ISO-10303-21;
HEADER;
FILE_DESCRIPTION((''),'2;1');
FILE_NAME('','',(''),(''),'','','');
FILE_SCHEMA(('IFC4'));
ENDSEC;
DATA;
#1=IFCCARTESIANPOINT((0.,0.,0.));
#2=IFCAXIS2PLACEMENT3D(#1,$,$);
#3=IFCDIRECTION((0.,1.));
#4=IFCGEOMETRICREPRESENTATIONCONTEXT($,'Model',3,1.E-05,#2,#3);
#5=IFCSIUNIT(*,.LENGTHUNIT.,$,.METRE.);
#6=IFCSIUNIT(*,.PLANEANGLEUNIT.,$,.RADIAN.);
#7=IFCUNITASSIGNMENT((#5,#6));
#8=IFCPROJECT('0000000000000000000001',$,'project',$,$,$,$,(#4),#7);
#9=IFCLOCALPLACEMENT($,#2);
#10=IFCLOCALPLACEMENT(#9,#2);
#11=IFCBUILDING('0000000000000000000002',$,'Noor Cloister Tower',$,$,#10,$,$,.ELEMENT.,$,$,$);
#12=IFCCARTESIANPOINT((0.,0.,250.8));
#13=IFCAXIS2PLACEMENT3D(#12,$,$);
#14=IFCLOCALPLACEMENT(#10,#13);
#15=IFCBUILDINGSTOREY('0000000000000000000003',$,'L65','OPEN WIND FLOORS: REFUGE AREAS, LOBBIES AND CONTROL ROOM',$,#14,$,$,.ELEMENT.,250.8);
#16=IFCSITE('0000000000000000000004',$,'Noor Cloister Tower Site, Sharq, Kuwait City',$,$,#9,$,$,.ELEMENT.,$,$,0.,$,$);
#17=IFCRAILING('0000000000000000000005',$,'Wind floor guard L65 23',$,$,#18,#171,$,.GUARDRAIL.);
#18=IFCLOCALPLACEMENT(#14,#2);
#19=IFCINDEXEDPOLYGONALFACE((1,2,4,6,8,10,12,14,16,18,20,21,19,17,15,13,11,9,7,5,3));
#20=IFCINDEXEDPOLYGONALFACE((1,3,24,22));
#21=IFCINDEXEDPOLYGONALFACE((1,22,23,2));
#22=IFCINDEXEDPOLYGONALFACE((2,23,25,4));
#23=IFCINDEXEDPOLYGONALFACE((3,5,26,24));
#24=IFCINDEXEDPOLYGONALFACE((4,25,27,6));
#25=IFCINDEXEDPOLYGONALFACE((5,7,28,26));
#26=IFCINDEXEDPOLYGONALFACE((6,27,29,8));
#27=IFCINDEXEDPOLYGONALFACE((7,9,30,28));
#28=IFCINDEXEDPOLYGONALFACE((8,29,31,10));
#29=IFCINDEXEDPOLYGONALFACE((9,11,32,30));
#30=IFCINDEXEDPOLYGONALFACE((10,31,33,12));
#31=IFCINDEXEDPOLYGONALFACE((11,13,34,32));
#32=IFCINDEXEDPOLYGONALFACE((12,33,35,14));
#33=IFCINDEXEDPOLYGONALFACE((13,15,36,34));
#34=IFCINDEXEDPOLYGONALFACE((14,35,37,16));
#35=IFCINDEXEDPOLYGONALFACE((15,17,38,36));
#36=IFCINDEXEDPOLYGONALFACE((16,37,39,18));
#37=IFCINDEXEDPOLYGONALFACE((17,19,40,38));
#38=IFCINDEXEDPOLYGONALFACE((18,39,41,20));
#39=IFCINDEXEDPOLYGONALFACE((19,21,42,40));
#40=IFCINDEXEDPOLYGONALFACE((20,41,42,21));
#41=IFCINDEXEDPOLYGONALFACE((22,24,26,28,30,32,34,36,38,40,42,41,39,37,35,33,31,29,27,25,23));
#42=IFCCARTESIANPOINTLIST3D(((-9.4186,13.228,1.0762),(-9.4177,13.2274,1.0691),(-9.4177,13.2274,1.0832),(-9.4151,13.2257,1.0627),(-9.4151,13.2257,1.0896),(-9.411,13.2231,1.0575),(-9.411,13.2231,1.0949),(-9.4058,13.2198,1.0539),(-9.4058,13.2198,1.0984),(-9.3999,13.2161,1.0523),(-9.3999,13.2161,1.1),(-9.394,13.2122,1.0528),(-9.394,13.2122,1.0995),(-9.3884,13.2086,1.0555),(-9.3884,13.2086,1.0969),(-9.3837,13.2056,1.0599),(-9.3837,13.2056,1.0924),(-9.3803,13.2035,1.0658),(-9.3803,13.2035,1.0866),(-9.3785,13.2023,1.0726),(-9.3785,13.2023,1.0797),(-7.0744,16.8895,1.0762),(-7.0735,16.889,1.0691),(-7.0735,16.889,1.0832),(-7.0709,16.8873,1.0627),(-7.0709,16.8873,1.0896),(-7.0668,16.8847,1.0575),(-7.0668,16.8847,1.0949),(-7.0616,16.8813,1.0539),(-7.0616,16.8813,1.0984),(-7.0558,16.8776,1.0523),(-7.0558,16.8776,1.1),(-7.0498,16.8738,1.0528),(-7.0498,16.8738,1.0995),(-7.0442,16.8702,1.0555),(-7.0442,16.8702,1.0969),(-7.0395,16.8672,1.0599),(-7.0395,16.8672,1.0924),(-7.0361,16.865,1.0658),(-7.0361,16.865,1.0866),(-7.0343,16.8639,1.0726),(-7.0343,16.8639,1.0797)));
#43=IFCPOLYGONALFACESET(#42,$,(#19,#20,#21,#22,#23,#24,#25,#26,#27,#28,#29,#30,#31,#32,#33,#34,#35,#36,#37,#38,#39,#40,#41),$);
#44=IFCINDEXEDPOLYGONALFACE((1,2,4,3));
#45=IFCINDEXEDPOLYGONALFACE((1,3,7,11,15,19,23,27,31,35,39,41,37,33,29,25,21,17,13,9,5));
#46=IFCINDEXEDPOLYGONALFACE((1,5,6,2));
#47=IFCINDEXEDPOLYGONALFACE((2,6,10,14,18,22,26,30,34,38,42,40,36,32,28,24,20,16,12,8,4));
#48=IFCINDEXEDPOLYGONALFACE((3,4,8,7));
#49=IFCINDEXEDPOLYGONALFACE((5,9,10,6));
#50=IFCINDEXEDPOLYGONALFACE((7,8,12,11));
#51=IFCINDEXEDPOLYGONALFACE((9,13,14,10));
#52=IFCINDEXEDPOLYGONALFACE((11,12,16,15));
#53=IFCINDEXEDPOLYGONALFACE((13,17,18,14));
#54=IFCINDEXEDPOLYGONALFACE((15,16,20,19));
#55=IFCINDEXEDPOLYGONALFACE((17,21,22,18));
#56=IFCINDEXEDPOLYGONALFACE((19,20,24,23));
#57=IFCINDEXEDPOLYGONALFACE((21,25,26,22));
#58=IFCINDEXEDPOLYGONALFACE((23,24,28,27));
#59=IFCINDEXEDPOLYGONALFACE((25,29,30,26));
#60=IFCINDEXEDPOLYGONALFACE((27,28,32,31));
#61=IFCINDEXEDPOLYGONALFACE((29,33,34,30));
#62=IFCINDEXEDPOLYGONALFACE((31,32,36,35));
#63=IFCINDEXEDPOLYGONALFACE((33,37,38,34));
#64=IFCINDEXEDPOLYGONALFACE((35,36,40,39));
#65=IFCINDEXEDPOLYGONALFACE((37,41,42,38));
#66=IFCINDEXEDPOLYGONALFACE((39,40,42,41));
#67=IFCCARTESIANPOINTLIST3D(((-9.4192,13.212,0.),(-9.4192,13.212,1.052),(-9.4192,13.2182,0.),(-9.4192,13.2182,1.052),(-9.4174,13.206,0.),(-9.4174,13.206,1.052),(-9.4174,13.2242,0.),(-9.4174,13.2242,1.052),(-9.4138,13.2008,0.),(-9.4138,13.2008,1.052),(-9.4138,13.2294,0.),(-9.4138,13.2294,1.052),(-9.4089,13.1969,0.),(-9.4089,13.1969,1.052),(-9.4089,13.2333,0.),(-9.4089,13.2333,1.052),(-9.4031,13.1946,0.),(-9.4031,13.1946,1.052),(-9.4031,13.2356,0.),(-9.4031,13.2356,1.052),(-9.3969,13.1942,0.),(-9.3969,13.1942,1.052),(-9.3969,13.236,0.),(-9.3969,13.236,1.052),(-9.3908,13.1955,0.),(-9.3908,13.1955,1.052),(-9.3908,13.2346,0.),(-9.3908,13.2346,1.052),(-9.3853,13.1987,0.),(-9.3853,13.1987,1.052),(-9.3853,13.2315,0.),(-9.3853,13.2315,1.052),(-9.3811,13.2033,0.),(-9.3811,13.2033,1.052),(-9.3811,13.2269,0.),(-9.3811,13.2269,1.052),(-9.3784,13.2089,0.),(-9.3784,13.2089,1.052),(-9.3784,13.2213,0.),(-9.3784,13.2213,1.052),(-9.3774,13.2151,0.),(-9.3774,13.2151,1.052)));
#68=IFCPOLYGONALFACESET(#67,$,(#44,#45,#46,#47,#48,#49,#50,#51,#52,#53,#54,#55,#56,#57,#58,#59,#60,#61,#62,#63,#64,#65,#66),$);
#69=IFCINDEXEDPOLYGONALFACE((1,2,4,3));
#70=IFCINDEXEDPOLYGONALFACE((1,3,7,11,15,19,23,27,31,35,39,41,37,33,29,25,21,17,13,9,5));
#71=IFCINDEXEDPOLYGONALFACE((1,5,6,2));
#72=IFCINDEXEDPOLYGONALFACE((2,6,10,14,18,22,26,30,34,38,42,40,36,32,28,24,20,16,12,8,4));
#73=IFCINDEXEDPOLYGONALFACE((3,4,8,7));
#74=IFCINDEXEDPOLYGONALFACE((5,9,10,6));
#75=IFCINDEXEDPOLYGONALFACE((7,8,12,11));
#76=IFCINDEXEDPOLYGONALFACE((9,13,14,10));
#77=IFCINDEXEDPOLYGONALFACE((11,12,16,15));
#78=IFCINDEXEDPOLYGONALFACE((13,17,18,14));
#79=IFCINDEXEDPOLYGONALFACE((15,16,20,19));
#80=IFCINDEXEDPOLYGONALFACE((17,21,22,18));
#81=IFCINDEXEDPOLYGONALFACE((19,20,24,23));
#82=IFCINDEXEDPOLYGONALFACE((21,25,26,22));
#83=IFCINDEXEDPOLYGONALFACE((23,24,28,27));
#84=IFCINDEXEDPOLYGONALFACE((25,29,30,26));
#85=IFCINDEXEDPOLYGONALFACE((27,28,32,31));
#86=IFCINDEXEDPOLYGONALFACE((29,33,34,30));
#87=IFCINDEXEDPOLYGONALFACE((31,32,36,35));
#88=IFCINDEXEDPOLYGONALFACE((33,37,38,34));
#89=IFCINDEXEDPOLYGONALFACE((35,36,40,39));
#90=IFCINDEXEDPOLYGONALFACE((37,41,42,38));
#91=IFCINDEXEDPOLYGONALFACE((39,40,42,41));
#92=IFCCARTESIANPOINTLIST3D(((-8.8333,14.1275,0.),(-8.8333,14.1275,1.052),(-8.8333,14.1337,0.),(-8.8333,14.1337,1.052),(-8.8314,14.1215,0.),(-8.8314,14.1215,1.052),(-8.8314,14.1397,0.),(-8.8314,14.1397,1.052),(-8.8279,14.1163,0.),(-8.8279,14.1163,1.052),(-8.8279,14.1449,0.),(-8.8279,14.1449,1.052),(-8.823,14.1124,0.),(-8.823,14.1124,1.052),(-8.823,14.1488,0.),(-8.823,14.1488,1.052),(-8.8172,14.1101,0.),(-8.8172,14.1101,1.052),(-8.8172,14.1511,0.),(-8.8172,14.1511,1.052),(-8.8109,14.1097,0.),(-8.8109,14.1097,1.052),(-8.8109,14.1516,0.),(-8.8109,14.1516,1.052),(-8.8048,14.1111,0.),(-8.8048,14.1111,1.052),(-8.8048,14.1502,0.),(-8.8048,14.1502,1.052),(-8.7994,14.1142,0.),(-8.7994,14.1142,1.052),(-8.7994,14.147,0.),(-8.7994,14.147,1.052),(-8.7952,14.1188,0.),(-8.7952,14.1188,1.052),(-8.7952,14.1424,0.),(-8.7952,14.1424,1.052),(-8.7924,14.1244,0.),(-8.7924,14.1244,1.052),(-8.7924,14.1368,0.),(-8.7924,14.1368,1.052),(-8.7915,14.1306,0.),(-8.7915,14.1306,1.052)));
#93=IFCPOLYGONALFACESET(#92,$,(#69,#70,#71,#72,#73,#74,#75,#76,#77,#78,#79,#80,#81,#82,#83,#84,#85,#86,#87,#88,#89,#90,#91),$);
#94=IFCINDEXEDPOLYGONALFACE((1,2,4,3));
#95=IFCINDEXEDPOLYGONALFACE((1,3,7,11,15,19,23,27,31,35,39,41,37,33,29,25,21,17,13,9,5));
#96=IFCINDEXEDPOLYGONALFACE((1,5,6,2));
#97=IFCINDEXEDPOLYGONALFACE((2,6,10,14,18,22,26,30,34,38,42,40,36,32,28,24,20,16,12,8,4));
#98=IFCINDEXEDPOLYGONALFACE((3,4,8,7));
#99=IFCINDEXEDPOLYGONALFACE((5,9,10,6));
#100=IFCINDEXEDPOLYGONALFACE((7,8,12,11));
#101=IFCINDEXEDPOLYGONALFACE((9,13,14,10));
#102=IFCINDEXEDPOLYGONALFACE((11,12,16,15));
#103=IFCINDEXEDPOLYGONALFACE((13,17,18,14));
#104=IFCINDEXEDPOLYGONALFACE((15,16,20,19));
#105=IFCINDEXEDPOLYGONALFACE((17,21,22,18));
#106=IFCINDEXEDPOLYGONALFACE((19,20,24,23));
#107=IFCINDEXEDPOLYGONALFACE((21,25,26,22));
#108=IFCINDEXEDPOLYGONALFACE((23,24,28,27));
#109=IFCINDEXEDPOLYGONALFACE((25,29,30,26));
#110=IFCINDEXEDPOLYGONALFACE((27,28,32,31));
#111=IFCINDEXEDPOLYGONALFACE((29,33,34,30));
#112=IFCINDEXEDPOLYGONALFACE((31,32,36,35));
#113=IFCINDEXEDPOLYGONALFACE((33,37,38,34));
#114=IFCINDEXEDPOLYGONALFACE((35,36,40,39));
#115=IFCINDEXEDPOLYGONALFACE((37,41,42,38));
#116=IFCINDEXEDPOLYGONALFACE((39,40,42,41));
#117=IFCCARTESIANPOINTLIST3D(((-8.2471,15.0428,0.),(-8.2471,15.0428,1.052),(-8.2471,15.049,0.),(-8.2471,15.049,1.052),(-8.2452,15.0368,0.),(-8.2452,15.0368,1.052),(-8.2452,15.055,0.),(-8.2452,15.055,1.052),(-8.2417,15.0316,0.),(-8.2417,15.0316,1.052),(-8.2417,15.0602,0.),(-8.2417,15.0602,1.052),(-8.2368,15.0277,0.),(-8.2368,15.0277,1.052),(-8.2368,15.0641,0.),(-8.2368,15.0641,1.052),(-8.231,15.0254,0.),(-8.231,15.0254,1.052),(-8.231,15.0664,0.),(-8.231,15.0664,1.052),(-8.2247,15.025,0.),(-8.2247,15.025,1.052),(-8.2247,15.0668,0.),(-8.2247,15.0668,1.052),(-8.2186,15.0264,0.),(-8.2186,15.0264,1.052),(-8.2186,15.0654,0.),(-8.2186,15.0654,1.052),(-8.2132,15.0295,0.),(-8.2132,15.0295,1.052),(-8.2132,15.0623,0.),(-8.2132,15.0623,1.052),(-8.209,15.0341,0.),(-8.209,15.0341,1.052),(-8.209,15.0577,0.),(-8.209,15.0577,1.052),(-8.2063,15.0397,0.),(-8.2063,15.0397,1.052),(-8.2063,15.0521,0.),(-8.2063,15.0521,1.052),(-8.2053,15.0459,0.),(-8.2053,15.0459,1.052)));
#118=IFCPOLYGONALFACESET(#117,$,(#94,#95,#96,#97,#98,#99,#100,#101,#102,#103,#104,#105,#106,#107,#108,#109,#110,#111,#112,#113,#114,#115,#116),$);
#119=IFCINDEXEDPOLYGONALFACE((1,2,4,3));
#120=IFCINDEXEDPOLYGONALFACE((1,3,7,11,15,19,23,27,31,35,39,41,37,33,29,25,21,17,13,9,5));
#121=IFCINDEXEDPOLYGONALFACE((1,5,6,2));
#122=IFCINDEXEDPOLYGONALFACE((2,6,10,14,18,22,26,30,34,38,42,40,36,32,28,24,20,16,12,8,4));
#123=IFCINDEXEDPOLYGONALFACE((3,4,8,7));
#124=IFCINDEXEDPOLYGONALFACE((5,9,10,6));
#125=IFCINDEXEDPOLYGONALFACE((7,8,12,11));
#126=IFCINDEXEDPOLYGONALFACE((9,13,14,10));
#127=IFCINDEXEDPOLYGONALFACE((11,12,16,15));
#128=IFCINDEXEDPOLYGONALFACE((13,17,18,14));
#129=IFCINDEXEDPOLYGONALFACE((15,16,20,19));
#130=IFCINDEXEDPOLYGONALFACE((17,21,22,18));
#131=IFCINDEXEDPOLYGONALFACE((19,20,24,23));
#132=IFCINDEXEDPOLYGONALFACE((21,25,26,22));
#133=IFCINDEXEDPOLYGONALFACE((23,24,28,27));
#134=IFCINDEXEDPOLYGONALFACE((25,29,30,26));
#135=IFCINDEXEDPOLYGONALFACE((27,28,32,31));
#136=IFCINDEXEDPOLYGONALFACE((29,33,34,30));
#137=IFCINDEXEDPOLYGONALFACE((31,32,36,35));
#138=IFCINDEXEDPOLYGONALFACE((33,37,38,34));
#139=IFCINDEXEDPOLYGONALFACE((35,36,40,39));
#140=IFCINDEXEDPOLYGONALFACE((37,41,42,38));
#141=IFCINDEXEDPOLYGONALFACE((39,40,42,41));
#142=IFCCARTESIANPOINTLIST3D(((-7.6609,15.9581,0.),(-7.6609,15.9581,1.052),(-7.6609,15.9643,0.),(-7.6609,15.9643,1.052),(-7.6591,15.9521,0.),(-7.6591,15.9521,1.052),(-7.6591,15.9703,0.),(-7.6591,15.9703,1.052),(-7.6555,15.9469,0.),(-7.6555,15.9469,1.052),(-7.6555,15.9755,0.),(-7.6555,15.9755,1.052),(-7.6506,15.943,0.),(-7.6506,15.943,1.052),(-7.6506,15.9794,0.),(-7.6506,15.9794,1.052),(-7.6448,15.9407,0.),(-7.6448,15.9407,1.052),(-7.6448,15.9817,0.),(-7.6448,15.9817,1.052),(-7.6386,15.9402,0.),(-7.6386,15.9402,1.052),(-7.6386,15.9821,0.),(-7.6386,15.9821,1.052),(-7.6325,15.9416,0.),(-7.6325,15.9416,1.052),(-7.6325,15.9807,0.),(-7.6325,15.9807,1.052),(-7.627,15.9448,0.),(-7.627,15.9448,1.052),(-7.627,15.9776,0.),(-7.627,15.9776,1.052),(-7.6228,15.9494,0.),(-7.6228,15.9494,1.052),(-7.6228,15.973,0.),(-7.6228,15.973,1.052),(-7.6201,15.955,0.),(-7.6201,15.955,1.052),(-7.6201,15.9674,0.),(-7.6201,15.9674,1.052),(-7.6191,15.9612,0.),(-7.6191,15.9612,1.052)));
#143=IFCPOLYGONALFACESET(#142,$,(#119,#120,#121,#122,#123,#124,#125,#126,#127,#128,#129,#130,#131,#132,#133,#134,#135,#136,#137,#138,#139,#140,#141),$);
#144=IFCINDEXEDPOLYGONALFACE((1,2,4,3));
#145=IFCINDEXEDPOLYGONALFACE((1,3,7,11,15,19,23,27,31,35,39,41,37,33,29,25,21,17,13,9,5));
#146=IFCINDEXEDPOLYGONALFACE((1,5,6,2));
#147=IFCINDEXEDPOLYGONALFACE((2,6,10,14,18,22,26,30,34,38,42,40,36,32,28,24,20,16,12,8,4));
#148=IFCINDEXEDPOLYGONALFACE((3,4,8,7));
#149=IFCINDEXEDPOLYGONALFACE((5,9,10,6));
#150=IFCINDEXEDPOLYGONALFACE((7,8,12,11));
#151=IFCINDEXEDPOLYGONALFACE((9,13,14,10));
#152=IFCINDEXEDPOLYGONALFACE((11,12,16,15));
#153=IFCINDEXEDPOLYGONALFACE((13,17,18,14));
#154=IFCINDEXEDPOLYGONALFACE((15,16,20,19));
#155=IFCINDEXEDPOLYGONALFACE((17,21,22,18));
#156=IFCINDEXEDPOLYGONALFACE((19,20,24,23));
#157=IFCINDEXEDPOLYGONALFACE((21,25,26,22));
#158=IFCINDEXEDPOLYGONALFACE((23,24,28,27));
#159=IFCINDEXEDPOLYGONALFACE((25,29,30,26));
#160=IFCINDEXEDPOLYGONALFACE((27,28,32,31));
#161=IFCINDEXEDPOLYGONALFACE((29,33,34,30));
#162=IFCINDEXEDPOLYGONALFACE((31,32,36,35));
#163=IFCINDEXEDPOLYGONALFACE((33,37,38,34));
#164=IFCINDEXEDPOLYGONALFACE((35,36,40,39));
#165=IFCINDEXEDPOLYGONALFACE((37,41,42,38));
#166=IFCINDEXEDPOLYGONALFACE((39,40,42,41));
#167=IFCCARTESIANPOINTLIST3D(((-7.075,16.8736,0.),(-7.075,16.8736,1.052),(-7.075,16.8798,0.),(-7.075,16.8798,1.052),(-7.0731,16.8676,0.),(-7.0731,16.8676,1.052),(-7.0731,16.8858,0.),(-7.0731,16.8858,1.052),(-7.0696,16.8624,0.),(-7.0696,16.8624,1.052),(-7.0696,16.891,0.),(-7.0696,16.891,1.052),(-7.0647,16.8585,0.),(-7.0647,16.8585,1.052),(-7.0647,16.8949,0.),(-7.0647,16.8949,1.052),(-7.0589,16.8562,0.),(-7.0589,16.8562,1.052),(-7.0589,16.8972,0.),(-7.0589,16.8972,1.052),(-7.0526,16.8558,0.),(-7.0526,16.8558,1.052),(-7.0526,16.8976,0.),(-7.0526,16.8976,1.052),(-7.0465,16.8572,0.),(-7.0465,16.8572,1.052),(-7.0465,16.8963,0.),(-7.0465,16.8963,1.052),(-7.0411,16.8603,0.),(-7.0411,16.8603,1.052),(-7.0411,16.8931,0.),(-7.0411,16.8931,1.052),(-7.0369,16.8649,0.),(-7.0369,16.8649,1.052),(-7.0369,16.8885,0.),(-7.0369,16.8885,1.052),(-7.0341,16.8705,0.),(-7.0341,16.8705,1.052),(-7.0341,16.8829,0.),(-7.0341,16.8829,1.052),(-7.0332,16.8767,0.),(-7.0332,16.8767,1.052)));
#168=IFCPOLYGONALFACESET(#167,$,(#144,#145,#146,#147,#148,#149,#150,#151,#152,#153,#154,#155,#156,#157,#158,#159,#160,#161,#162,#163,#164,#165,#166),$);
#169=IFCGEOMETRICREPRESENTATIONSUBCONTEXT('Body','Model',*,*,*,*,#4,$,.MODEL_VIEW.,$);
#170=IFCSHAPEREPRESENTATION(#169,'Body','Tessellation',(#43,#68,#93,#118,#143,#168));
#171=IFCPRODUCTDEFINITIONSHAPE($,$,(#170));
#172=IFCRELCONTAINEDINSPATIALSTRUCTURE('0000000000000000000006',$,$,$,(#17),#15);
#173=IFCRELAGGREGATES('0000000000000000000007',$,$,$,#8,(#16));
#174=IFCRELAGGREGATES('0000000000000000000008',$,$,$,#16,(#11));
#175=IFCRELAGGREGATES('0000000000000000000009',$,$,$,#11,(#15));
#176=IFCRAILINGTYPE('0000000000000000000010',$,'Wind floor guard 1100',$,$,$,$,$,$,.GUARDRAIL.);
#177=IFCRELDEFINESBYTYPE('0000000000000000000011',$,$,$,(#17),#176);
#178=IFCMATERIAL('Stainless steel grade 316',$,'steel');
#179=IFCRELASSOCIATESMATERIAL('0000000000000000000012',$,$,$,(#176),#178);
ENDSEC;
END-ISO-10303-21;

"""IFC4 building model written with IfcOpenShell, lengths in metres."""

from ifc_helpers import new_model, si_unit, direction, frame, origin, origin_2d, place, context, subcontext, project, spatial, circle, extrude, material, type_object, element, save


model = new_model("IFC4")

# Units and contexts
model_context = context("Model", 3, precision=1e-05, world=origin(), true_north=direction((0.0, 1.0)))
body_context = subcontext(model_context, "Body", "Model", "MODEL_VIEW")
ifc_project = project(units=[si_unit("LENGTHUNIT", "METRE"), si_unit("PLANEANGLEUNIT", "RADIAN")], contexts=[model_context])

# Site, building, storey
site_placement = place(None, origin())
site = spatial("IfcSite", under=ifc_project, at=site_placement, Name="Noor Cloister Tower Site, Sharq, Kuwait City", CompositionType="ELEMENT", RefElevation=0.0)
building_placement = place(site_placement, origin())
building = spatial("IfcBuilding", under=site, at=building_placement, Name="Noor Cloister Tower", CompositionType="ELEMENT")
storey_placement = place(building_placement, frame((0.0, 0.0, 250.8)))
storey = spatial("IfcBuildingStorey", under=building, at=storey_placement, Name="L65", Description="OPEN WIND FLOORS: REFUGE AREAS, LOBBIES AND CONTROL ROOM", CompositionType="ELEMENT", Elevation=250.8)

# Railing
ifc_material_1 = material(Name="Stainless steel grade 316", Category="steel")
railing_type = type_object("IfcRailingType", Name="Wind floor guard 1100", PredefinedType="GUARDRAIL", material=ifc_material_1)
railing_1_placement = place(storey_placement, frame((-9.3984, 13.2151, 0.0)))
element("IfcRailing", 1, at=railing_1_placement, inside=storey, type_object=railing_type, Name="Wind floor guard L65 23", PredefinedType="GUARDRAIL", context=body_context, shape_type="SweptSolid", body=[
    extrude(circle(Radius=0.0239, at=origin_2d()), frame((0.0, 0.0, 1.0762), z_axis=(0.539184, 0.842188, 0.0), x_axis=(-0.842188, 0.539184, 0.0)), (0.0, 0.0, 1.0), 4.3477),
    extrude(circle(Radius=0.021, at=origin_2d()), origin(), (0.0, 0.0, 1.0), 1.052),
    extrude(circle(Radius=0.021, at=origin_2d()), frame((0.5859, 0.9155, 0.0)), (0.0, 0.0, 1.0), 1.052),
    extrude(circle(Radius=0.021, at=origin_2d()), frame((1.1721, 1.8308, 0.0)), (0.0, 0.0, 1.0), 1.052),
    extrude(circle(Radius=0.021, at=origin_2d()), frame((1.7583, 2.7461, 0.0)), (0.0, 0.0, 1.0), 1.052),
    extrude(circle(Radius=0.021, at=origin_2d()), frame((2.3442, 3.6616, 0.0)), (0.0, 0.0, 1.0), 1.052),
])

save(model, "model.ifc")
